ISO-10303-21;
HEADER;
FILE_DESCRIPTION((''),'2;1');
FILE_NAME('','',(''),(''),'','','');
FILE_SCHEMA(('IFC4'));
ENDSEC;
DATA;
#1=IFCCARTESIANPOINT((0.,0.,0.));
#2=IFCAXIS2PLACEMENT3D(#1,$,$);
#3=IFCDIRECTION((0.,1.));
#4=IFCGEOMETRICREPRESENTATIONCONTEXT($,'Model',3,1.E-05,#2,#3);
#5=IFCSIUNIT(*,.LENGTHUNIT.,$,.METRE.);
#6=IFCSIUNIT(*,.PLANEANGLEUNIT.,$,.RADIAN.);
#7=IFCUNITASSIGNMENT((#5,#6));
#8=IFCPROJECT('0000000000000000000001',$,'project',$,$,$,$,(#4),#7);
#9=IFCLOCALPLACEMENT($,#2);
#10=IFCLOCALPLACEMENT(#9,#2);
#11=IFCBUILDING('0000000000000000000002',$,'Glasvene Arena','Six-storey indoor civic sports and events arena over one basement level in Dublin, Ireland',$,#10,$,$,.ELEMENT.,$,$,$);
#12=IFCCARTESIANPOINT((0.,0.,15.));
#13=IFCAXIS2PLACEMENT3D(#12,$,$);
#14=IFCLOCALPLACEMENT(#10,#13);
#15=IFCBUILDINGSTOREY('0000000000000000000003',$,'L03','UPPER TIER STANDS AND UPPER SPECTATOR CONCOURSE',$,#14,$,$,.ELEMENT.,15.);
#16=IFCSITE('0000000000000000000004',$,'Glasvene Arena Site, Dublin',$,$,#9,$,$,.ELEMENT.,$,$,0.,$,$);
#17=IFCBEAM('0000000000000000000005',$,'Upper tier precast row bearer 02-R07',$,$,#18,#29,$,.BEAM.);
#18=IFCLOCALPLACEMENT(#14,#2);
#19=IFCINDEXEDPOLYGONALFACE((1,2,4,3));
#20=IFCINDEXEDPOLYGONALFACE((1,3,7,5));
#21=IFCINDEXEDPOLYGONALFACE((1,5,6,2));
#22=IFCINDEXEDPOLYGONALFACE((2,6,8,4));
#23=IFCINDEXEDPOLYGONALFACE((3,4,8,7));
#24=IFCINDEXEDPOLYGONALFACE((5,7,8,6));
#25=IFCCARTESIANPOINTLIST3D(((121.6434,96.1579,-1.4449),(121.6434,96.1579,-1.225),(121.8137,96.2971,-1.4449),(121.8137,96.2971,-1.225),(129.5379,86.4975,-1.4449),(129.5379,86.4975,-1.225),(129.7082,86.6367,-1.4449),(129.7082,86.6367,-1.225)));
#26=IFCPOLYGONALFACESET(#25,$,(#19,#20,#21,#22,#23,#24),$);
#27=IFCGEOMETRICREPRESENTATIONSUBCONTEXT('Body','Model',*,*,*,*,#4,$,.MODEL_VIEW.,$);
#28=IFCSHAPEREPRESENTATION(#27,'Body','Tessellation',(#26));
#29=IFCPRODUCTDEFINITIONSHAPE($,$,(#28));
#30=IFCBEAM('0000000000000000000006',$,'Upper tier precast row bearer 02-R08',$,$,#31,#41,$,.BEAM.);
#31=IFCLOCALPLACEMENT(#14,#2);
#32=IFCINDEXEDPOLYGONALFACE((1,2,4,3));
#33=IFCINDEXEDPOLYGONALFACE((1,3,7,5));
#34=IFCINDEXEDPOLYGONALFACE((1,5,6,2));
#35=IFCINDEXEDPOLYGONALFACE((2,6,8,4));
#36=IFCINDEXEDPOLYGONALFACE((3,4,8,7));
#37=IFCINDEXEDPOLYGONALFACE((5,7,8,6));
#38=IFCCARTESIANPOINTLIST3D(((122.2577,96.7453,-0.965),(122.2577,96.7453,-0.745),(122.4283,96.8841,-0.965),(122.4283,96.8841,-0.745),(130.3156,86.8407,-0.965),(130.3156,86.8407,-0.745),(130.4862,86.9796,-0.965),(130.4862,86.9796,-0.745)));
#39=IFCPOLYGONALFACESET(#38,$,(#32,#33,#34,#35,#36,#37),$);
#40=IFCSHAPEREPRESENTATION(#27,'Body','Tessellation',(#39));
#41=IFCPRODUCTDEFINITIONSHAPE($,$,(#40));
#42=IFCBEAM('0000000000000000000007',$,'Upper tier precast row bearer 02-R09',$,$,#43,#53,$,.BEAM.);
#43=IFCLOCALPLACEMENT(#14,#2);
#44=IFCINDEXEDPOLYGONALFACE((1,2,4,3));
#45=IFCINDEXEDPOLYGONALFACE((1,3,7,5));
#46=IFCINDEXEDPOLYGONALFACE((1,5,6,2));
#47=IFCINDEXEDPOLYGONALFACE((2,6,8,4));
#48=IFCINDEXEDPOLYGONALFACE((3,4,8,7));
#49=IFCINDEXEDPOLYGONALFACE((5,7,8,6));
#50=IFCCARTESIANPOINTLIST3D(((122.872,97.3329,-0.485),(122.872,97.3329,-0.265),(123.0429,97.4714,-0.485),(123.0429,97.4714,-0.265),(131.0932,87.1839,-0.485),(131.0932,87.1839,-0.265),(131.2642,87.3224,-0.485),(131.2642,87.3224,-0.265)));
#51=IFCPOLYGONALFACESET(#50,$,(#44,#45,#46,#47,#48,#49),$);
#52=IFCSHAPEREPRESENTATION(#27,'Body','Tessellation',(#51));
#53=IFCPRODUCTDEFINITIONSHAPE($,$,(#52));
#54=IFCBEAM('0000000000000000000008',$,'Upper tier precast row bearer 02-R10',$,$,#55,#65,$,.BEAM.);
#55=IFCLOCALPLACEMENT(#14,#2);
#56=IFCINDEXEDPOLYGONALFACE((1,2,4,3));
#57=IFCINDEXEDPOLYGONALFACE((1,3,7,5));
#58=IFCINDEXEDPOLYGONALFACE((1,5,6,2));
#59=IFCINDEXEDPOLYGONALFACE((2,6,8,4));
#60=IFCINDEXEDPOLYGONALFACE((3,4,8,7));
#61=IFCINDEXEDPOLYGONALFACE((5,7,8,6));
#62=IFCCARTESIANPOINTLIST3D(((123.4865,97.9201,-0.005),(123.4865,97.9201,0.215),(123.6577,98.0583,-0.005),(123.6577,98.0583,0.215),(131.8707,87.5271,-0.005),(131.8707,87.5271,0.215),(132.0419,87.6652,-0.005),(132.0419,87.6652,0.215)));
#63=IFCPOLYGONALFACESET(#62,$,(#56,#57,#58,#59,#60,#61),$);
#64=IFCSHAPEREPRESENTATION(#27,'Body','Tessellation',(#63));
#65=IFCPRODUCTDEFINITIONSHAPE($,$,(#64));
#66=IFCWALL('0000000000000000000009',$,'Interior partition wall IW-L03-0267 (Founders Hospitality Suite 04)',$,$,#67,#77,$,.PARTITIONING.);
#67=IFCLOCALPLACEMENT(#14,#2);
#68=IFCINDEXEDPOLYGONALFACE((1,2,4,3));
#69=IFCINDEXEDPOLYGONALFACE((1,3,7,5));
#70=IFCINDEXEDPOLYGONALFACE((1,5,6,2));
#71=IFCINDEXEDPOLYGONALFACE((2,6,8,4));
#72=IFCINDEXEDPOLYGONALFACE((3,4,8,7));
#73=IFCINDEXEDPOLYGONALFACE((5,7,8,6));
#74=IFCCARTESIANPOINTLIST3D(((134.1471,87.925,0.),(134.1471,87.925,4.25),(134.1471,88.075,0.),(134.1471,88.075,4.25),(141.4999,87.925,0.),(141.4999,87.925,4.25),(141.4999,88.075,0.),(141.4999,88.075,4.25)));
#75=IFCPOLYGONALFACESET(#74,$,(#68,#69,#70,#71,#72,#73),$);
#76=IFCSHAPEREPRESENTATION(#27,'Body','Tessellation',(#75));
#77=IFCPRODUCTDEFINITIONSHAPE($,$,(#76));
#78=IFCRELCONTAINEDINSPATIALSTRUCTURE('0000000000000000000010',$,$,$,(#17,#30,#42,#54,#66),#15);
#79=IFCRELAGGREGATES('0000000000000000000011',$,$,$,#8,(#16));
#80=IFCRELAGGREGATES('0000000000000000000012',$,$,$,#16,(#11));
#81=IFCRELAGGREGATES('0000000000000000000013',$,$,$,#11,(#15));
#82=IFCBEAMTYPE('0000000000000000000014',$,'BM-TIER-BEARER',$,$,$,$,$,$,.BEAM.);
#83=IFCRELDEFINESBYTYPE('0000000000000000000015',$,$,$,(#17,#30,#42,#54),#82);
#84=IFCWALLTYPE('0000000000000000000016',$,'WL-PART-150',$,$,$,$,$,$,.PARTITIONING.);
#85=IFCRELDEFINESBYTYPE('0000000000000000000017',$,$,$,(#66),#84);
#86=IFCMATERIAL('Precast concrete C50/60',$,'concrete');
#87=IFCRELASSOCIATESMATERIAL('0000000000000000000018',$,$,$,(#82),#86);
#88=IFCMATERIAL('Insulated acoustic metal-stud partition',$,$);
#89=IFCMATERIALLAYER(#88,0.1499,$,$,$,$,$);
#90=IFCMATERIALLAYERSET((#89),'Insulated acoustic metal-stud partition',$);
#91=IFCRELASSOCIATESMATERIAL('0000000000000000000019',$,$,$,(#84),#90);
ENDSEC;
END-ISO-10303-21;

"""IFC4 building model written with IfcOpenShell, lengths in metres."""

from ifc_helpers import new_model, si_unit, direction, frame, frame_2d, origin, origin_2d, place, context, subcontext, project, spatial, rectangle, extrude, material, layer, layer_set, material_profile, profile_set, type_object, element, save


model = new_model("IFC4")

# Units and contexts
model_context = context("Model", 3, precision=1e-05, world=origin(), true_north=direction((0.0, 1.0)))
body_context = subcontext(model_context, "Body", "Model", "MODEL_VIEW")
ifc_project = project(units=[si_unit("LENGTHUNIT", "METRE"), si_unit("PLANEANGLEUNIT", "RADIAN")], contexts=[model_context])

# Site, building, storey
site_placement = place(None, origin())
site = spatial("IfcSite", under=ifc_project, at=site_placement, Name="Glasvene Arena Site, Dublin", CompositionType="ELEMENT", RefElevation=0.0)
building_placement = place(site_placement, origin())
building = spatial("IfcBuilding", under=site, at=building_placement, Name="Glasvene Arena", Description="Six-storey indoor civic sports and events arena over one basement level in Dublin, Ireland", CompositionType="ELEMENT")
storey_placement = place(building_placement, frame((0.0, 0.0, 15.0)))
storey = spatial("IfcBuildingStorey", under=building, at=storey_placement, Name="L03", Description="UPPER TIER STANDS AND UPPER SPECTATOR CONCOURSE", CompositionType="ELEMENT", Elevation=15.0)

# Beams
ifc_material_1 = material(Name="Precast concrete C50/60", Category="concrete")
ifc_material_profile_1 = material_profile(ifc_material_1, rectangle(XDim=0.22, YDim=0.22, at=origin_2d()), Name="RC 220x220")
ifc_profile_set_1 = profile_set([ifc_material_profile_1], Name="Precast concrete C50/60")
beam_type_1 = type_object("IfcBeamType", Name="BM-TIER-BEARER", PredefinedType="BEAM", material=ifc_profile_set_1)
beam_1_placement = place(storey_placement, frame((129.623, 86.5671, -1.335), z_axis=(-0.632785, 0.774328, 0.0), x_axis=(-0.774328, -0.632785, 0.0)))
element("IfcBeam", 1, at=beam_1_placement, inside=storey, type_object=beam_type_1, Name="Upper tier precast row bearer 02-R07", PredefinedType="BEAM", context=body_context, shape_type="SweptSolid", body=[
    extrude(rectangle(XDim=0.22, YDim=0.22, at=origin_2d()), origin(), (0.0, 0.0, 1.0), 12.4758),
])
beam_2_placement = place(storey_placement, frame((130.4009, 86.9102, -0.855), z_axis=(-0.631084, 0.775714, 0.0), x_axis=(-0.775714, -0.631084, 0.0)))
element("IfcBeam", 2, at=beam_2_placement, inside=storey, type_object=beam_type_1, Name="Upper tier precast row bearer 02-R08", PredefinedType="BEAM", context=body_context, shape_type="SweptSolid", body=[
    extrude(rectangle(XDim=0.22, YDim=0.22, at=origin_2d()), origin(), (0.0, 0.0, 1.0), 12.7683),
])
beam_3_placement = place(storey_placement, frame((131.1787, 87.2532, -0.375), z_axis=(-0.629448, 0.777043, 0.0), x_axis=(-0.777043, -0.629448, 0.0)))
element("IfcBeam", 3, at=beam_3_placement, inside=storey, type_object=beam_type_1, Name="Upper tier precast row bearer 02-R09", PredefinedType="BEAM", context=body_context, shape_type="SweptSolid", body=[
    extrude(rectangle(XDim=0.22, YDim=0.22, at=origin_2d()), origin(), (0.0, 0.0, 1.0), 13.061),
])
beam_4_placement = place(storey_placement, frame((131.9563, 87.5962, 0.105), z_axis=(-0.627878, 0.778312, 0.0), x_axis=(-0.778312, -0.627878, 0.0)))
element("IfcBeam", 4, at=beam_4_placement, inside=storey, type_object=beam_type_1, Name="Upper tier precast row bearer 02-R10", PredefinedType="BEAM", context=body_context, shape_type="SweptSolid", body=[
    extrude(rectangle(XDim=0.22, YDim=0.22, at=origin_2d()), origin(), (0.0, 0.0, 1.0), 13.3533),
])

# Wall
ifc_material_2 = material(Name="Insulated acoustic metal-stud partition")
ifc_layer_1 = layer(ifc_material_2, 0.1499)
ifc_layer_set_1 = layer_set([ifc_layer_1], Name="Insulated acoustic metal-stud partition")
wall_type = type_object("IfcWallType", Name="WL-PART-150", PredefinedType="PARTITIONING", material=ifc_layer_set_1)
wall_placement = place(storey_placement, frame((134.1472, 88.0, 0.0), z_axis=(0.0, 0.0, 1.0), x_axis=(1.0, 0.0, 0.0)))
element("IfcWall", 5, at=wall_placement, inside=storey, type_object=wall_type, Name="Interior partition wall IW-L03-0267 (Founders Hospitality Suite 04)", PredefinedType="PARTITIONING", context=body_context, shape_type="SweptSolid", body=[
    extrude(rectangle(XDim=7.3528, YDim=0.1499, at=frame_2d((3.6763, 0.0))), origin(), (0.0, 0.0, 1.0), 4.25),
])

save(model, "model.ifc")
